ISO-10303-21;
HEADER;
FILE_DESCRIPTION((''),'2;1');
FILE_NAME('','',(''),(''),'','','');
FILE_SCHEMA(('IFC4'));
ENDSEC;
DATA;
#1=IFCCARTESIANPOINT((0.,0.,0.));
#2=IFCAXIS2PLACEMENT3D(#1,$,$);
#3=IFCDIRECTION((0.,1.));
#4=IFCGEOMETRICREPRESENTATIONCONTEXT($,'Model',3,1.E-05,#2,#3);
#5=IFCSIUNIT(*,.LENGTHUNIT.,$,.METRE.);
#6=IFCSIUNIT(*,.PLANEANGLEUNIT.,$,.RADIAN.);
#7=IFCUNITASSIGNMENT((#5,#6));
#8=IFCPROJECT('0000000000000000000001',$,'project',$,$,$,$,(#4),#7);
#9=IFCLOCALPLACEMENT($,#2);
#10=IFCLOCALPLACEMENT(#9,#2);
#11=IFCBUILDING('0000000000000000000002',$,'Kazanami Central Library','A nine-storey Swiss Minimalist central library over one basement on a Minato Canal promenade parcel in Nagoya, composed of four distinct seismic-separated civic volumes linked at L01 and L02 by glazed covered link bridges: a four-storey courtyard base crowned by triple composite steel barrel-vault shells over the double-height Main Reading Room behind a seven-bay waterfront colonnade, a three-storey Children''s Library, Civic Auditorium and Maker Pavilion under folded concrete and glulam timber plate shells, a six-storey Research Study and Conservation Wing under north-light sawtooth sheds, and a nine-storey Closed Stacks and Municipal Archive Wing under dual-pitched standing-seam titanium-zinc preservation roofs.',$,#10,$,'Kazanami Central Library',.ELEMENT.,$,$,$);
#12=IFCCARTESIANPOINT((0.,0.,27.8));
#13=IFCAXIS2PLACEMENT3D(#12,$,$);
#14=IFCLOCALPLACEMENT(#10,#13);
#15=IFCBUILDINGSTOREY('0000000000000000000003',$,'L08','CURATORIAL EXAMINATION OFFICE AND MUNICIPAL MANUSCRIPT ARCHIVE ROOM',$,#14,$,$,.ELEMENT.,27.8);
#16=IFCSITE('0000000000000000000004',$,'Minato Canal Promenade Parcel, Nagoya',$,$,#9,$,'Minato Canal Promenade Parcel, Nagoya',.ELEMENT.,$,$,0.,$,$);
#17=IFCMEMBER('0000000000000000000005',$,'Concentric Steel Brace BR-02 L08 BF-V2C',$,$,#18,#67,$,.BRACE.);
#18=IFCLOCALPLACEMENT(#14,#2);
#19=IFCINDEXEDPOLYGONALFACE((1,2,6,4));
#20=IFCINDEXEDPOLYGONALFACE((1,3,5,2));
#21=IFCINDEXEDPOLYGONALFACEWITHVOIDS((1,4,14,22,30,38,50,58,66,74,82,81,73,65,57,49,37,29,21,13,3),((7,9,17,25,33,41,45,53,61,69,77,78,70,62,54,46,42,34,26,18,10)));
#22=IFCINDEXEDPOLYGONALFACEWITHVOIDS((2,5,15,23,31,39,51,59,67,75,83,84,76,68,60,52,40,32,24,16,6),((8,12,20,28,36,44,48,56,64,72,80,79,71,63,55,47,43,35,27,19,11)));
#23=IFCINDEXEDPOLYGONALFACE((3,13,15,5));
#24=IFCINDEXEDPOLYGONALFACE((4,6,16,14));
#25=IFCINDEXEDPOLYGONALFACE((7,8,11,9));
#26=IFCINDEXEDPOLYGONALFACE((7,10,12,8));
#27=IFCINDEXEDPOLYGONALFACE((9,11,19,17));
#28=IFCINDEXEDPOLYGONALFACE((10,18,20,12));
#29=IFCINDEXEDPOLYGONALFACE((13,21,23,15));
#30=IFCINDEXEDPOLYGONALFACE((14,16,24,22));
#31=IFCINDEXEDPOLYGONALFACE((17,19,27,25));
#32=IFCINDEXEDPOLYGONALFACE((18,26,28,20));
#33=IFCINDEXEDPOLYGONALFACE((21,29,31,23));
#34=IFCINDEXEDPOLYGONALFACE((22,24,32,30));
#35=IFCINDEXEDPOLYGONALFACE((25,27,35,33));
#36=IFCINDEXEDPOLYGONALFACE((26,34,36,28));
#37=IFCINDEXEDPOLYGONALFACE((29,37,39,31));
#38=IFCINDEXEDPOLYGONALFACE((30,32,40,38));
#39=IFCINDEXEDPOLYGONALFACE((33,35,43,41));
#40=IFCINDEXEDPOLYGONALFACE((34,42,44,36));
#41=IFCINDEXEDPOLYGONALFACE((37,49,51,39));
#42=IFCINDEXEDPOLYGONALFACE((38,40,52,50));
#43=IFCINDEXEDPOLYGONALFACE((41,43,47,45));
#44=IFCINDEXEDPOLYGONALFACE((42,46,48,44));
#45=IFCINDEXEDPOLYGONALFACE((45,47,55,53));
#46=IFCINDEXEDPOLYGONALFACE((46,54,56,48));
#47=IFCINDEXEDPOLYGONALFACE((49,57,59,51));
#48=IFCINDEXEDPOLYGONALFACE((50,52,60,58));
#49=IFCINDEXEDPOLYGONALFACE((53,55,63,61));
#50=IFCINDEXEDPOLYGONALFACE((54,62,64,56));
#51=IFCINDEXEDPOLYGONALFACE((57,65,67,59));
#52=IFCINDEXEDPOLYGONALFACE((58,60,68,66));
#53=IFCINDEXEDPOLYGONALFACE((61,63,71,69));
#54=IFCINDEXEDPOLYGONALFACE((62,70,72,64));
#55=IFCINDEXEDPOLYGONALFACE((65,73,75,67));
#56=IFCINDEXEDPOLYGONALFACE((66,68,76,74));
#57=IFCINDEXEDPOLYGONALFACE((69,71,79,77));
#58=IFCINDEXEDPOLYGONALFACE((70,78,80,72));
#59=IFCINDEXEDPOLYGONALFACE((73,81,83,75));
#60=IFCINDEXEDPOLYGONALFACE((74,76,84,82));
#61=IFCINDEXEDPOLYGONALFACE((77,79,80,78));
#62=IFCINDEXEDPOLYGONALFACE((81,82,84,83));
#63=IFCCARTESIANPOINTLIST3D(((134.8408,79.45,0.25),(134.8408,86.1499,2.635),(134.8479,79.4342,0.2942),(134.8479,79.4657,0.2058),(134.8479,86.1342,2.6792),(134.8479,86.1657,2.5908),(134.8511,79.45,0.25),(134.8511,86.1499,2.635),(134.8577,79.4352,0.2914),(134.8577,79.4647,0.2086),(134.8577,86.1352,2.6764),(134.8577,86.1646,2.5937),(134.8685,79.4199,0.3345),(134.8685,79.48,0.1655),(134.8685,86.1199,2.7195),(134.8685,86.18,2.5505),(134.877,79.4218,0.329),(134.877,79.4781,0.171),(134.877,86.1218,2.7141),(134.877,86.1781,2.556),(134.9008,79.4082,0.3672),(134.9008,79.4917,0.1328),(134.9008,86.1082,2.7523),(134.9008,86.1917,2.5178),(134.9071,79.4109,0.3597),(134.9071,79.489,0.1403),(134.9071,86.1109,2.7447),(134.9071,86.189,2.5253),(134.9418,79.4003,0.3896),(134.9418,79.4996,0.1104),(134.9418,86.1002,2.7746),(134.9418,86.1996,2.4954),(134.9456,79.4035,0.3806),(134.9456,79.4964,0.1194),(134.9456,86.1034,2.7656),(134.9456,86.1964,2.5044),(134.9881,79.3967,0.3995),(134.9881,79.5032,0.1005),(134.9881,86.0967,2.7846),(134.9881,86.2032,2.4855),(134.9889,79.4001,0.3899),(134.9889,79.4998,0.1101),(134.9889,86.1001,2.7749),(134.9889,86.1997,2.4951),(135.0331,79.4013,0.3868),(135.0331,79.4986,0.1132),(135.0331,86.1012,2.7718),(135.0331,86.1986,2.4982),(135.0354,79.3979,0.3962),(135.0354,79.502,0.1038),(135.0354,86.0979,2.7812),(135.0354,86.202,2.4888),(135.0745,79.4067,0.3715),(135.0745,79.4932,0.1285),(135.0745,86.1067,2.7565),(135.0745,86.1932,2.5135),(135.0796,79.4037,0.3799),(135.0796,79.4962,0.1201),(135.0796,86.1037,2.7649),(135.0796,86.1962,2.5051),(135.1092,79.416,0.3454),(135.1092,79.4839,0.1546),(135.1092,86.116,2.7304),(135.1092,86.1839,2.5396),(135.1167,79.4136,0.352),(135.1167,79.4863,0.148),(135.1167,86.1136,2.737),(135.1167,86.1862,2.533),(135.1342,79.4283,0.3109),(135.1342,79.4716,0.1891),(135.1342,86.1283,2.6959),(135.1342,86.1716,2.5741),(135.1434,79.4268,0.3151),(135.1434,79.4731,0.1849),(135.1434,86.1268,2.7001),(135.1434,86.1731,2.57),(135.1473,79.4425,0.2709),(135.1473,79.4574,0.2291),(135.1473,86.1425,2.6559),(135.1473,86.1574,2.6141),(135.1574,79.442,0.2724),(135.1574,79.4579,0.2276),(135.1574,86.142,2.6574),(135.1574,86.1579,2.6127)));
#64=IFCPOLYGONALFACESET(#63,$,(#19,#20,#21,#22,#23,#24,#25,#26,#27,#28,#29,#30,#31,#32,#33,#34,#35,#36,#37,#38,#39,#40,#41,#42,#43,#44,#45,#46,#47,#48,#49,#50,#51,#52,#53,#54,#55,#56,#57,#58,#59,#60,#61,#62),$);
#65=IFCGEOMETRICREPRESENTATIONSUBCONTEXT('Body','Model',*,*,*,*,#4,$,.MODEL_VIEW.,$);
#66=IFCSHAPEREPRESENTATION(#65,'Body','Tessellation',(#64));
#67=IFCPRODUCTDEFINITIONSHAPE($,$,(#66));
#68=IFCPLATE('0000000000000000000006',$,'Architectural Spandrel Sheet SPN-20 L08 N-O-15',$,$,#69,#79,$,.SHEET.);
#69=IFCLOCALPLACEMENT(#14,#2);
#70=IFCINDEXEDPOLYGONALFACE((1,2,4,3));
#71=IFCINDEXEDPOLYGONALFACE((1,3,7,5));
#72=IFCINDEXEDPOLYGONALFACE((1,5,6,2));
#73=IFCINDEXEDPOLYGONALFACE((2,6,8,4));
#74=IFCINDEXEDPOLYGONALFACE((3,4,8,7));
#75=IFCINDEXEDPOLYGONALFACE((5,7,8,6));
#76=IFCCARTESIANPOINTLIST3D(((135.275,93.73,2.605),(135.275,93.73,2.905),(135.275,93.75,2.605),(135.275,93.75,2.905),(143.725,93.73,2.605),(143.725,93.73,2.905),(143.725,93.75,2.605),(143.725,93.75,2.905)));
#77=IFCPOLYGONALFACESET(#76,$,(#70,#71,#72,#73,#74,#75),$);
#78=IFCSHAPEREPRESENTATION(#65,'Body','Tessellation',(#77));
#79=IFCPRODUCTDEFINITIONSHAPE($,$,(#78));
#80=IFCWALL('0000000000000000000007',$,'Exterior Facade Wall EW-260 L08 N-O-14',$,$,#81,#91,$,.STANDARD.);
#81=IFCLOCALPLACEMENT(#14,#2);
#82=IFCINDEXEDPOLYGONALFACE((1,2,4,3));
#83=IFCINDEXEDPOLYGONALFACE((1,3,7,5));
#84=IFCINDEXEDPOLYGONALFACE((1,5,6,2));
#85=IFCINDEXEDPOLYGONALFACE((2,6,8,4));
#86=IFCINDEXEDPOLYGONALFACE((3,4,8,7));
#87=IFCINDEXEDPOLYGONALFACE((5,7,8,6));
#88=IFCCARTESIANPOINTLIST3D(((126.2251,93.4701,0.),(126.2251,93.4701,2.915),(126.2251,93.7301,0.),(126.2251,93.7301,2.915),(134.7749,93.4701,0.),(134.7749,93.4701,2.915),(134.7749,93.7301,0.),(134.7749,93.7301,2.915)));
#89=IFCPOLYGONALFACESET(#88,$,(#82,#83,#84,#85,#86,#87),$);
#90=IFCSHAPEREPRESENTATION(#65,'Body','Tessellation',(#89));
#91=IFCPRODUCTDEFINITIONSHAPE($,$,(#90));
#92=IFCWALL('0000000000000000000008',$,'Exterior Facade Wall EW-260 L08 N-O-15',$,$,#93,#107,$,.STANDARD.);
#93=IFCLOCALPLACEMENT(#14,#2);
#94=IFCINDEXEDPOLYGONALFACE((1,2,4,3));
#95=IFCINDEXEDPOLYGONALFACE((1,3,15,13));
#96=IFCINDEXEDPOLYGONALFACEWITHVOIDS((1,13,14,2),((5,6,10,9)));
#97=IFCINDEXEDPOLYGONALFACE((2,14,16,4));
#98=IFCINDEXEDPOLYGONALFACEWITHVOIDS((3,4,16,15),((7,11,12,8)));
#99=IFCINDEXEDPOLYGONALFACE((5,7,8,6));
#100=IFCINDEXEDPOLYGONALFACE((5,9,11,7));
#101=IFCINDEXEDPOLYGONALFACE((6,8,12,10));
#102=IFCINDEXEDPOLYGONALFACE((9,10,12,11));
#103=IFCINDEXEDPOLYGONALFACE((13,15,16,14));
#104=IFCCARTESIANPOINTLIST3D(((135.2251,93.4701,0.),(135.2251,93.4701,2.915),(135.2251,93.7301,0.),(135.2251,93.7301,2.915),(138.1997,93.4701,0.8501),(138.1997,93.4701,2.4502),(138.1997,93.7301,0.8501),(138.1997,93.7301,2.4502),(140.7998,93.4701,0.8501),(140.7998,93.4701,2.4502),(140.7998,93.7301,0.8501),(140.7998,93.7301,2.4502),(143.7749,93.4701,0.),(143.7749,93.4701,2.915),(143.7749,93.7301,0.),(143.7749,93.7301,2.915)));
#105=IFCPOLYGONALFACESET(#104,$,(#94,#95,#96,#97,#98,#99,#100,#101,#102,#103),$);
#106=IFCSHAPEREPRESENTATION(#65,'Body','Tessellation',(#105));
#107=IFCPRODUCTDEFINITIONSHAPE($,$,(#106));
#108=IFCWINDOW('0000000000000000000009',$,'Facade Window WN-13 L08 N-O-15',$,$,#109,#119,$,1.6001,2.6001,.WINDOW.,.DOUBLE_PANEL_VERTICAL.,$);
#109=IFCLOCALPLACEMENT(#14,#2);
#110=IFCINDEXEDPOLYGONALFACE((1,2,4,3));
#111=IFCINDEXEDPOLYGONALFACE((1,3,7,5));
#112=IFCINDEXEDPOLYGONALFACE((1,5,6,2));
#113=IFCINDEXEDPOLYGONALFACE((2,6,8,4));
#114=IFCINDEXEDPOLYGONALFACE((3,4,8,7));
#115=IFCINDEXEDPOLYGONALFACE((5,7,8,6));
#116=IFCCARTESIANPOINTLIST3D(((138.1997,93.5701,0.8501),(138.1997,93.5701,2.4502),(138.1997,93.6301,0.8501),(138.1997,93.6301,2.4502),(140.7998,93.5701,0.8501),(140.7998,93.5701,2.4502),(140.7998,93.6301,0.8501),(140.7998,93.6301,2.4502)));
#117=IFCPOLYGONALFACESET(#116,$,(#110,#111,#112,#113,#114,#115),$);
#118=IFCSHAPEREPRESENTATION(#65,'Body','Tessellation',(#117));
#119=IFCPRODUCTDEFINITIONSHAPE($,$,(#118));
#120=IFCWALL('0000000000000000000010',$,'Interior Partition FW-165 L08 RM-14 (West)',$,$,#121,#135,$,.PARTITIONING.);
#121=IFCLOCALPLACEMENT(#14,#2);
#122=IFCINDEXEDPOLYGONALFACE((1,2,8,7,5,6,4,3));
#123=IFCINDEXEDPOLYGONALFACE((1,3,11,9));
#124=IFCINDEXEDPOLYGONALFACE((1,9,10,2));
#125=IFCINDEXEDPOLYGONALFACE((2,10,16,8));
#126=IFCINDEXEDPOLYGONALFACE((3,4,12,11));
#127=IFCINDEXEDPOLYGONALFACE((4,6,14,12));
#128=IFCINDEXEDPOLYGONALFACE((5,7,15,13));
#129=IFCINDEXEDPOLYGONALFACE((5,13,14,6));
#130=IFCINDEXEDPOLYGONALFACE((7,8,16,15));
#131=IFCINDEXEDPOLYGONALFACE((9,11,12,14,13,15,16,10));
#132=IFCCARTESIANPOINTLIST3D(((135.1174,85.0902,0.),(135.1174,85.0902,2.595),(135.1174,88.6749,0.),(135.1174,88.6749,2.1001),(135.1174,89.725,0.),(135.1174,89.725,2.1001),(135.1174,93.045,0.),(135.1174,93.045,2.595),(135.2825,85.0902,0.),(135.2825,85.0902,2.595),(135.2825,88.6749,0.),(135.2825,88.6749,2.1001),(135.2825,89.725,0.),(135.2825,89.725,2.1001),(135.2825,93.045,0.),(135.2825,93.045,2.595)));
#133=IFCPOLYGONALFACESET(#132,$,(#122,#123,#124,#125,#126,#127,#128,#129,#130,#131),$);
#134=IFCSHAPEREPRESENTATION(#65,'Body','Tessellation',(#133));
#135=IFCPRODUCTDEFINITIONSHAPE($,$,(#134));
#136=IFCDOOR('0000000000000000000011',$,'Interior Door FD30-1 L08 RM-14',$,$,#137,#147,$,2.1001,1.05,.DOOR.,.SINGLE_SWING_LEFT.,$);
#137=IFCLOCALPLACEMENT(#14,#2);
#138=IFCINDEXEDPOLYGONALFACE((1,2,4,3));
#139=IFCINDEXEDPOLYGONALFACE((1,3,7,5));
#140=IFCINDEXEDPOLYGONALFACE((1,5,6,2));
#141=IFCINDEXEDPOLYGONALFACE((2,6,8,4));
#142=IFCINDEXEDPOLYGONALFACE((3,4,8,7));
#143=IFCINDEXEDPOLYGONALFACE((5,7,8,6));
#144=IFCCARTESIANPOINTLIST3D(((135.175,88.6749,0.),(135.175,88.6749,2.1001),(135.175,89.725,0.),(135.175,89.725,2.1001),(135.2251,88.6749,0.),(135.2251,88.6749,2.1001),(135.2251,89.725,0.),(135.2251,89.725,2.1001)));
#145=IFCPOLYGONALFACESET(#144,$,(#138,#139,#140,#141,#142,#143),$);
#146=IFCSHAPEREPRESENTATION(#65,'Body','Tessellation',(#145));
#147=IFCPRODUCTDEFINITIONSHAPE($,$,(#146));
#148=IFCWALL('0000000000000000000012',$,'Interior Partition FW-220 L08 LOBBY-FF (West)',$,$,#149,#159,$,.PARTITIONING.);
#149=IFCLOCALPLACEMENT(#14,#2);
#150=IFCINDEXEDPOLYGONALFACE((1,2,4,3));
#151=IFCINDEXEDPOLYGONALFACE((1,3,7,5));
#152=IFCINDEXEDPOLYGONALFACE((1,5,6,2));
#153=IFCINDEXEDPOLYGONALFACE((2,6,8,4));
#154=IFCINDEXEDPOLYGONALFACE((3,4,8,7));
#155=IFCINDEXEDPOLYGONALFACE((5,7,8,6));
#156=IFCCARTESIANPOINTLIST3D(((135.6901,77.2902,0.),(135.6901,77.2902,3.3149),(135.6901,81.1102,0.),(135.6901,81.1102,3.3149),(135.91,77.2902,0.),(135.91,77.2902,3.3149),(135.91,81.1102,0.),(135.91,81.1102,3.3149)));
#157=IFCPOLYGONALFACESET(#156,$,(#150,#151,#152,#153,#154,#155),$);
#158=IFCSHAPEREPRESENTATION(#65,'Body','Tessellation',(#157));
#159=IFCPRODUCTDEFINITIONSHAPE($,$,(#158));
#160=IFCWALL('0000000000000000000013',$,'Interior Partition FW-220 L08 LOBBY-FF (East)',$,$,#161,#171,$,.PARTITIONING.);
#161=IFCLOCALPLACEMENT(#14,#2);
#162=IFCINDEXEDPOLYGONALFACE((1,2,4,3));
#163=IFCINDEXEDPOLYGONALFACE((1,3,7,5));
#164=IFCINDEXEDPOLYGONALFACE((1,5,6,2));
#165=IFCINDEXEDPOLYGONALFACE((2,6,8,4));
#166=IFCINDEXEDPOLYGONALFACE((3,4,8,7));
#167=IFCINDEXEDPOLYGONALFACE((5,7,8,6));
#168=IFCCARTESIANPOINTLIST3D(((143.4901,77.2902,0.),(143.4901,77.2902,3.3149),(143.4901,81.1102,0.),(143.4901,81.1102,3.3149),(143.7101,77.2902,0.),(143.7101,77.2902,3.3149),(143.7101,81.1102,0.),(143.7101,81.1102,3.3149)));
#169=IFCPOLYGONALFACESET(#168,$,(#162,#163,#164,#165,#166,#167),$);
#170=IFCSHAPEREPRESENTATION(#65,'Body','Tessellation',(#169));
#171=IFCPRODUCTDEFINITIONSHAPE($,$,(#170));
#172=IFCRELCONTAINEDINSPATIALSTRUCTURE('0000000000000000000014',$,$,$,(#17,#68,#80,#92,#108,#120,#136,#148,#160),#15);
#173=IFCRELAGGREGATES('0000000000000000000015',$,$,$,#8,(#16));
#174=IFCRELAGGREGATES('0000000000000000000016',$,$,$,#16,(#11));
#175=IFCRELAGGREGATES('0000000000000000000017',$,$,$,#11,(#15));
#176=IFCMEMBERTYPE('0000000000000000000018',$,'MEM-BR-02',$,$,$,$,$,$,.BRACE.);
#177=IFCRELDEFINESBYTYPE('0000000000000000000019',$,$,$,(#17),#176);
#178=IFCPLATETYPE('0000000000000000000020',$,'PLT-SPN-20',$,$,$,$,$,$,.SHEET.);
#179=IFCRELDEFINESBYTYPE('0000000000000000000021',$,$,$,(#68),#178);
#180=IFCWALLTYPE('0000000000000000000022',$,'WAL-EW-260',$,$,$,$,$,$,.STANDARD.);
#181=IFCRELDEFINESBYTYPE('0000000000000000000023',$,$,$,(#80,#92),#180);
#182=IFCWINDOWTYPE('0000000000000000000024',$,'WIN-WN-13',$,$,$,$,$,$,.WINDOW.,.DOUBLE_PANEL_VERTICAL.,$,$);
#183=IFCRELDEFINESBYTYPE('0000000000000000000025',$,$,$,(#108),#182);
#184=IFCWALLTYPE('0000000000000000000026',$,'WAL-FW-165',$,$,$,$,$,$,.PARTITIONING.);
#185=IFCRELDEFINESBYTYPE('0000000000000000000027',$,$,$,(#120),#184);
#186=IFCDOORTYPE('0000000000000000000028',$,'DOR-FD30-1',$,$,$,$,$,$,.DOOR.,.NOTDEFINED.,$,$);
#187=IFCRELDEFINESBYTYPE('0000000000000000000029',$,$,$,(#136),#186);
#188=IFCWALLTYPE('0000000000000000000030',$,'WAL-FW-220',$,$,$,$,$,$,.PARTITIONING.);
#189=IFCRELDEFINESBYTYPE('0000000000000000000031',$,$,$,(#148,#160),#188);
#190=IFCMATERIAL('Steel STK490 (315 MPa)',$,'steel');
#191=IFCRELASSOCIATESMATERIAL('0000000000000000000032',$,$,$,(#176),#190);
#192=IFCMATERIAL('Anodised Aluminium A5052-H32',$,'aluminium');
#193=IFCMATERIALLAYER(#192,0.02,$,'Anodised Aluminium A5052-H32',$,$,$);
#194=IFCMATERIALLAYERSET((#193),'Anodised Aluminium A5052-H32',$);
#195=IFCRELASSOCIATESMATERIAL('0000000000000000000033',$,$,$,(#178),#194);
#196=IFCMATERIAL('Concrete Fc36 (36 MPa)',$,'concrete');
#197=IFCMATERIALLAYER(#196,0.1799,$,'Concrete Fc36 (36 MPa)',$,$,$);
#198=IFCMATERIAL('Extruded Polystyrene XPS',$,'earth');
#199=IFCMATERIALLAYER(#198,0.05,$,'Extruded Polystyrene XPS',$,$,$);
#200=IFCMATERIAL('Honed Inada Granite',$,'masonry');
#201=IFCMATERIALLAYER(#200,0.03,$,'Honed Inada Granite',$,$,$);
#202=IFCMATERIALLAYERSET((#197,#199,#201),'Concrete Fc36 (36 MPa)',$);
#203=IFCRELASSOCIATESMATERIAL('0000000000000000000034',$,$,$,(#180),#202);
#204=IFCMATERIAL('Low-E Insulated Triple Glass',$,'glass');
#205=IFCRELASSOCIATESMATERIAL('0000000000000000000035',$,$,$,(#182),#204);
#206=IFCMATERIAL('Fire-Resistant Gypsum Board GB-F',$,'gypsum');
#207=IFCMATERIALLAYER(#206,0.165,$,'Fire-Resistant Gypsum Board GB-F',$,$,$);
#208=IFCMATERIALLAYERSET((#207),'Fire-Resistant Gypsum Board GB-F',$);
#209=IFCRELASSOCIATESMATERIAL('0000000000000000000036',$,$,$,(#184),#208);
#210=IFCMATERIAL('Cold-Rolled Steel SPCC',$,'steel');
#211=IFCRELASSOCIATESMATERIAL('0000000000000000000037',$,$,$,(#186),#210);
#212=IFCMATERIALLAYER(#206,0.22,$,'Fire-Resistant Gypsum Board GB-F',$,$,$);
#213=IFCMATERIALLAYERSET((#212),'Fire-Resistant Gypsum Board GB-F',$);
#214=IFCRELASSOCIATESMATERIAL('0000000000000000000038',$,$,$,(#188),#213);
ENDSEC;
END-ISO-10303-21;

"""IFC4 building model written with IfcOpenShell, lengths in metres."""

from ifc_helpers import new_model, si_unit, direction, frame, frame_2d, origin, origin_2d, place, context, subcontext, project, spatial, rectangle, hollow_circle, extrude, material, layer, layer_set, material_profile, profile_set, type_object, element, fill, save


model = new_model("IFC4")

# Units and contexts
model_context = context("Model", 3, precision=1e-05, world=origin(), true_north=direction((0.0, 1.0)))
body_context = subcontext(model_context, "Body", "Model", "MODEL_VIEW")
ifc_project = project(units=[si_unit("LENGTHUNIT", "METRE"), si_unit("PLANEANGLEUNIT", "RADIAN")], contexts=[model_context])

# Site, building, storey
site_placement = place(None, origin())
site = spatial("IfcSite", under=ifc_project, at=site_placement, Name="Minato Canal Promenade Parcel, Nagoya", LongName="Minato Canal Promenade Parcel, Nagoya", CompositionType="ELEMENT", RefElevation=0.0)
building_placement = place(site_placement, origin())
building = spatial("IfcBuilding", under=site, at=building_placement, Name="Kazanami Central Library", Description="A nine-storey Swiss Minimalist central library over one basement on a Minato Canal promenade parcel in Nagoya, composed of four distinct seismic-separated civic volumes linked at L01 and L02 by glazed covered link bridges: a four-storey courtyard base crowned by triple composite steel barrel-vault shells over the double-height Main Reading Room behind a seven-bay waterfront colonnade, a three-storey Children's Library, Civic Auditorium and Maker Pavilion under folded concrete and glulam timber plate shells, a six-storey Research Study and Conservation Wing under north-light sawtooth sheds, and a nine-storey Closed Stacks and Municipal Archive Wing under dual-pitched standing-seam titanium-zinc preservation roofs.", LongName="Kazanami Central Library", CompositionType="ELEMENT")
storey_placement = place(building_placement, frame((0.0, 0.0, 27.8)))
storey = spatial("IfcBuildingStorey", under=building, at=storey_placement, Name="L08", Description="CURATORIAL EXAMINATION OFFICE AND MUNICIPAL MANUSCRIPT ARCHIVE ROOM", CompositionType="ELEMENT", Elevation=27.8)

# Member
ifc_material_1 = material(Name="Steel STK490 (315 MPa)", Category="steel")
ifc_material_profile_1 = material_profile(ifc_material_1, hollow_circle(Radius=0.1592, WallThickness=0.0103, at=origin_2d()), Name="CHS-318.5x10.3")
ifc_profile_set_1 = profile_set([ifc_material_profile_1], Name="Steel STK490 (315 MPa)")
member_type = type_object("IfcMemberType", Name="MEM-BR-02", PredefinedType="BRACE", material=ifc_profile_set_1)
member_placement = place(storey_placement, frame((135.0, 79.45, 0.25), z_axis=(0.0, 0.94209, 0.33536), x_axis=(-1.0, 0.0, 0.0)))
element("IfcMember", 1, at=member_placement, inside=storey, type_object=member_type, Name="Concentric Steel Brace BR-02 L08 BF-V2C", PredefinedType="BRACE", context=body_context, shape_type="SweptSolid", body=[
    extrude(hollow_circle(Radius=0.1592, WallThickness=0.0103, at=origin_2d()), origin(), (0.0, 0.0, 1.0), 7.1118),
])

# Plate
ifc_material_2 = material(Name="Anodised Aluminium A5052-H32", Category="aluminium")
ifc_layer_1 = layer(ifc_material_2, 0.02, Name="Anodised Aluminium A5052-H32")
ifc_layer_set_1 = layer_set([ifc_layer_1], Name="Anodised Aluminium A5052-H32")
plate_type = type_object("IfcPlateType", Name="PLT-SPN-20", PredefinedType="SHEET", material=ifc_layer_set_1)
plate_placement = place(storey_placement, frame((139.5, 93.74, 2.605), z_axis=(0.0, 0.0, 1.0), x_axis=(-1.0, 0.0, 0.0)))
element("IfcPlate", 2, at=plate_placement, inside=storey, type_object=plate_type, Name="Architectural Spandrel Sheet SPN-20 L08 N-O-15", PredefinedType="SHEET", context=body_context, shape_type="SweptSolid", body=[
    extrude(rectangle(XDim=8.45, YDim=0.02, at=origin_2d()), origin(), (0.0, 0.0, 1.0), 0.3),
])

# Wall
ifc_material_3 = material(Name="Concrete Fc36 (36 MPa)", Category="concrete")
ifc_layer_2 = layer(ifc_material_3, 0.1799, Name="Concrete Fc36 (36 MPa)")
ifc_material_4 = material(Name="Extruded Polystyrene XPS", Category="earth")
ifc_layer_3 = layer(ifc_material_4, 0.05, Name="Extruded Polystyrene XPS")
ifc_material_5 = material(Name="Honed Inada Granite", Category="masonry")
ifc_layer_4 = layer(ifc_material_5, 0.03, Name="Honed Inada Granite")
ifc_layer_set_2 = layer_set([ifc_layer_2, ifc_layer_3, ifc_layer_4], Name="Concrete Fc36 (36 MPa)")
wall_type_1 = type_object("IfcWallType", Name="WAL-EW-260", PredefinedType="STANDARD", material=ifc_layer_set_2)
wall_1_placement = place(storey_placement, frame((134.7749, 93.6001, 0.0), z_axis=(0.0, 0.0, 1.0), x_axis=(-1.0, 0.0, 0.0)))
element("IfcWall", 3, at=wall_1_placement, inside=storey, type_object=wall_type_1, Name="Exterior Facade Wall EW-260 L08 N-O-14", PredefinedType="STANDARD", context=body_context, shape_type="SweptSolid", body=[
    extrude(rectangle(XDim=8.5498, YDim=0.26, at=frame_2d((4.2749, 0.0))), origin(), (0.0, 0.0, 1.0), 2.915),
])

# Wall, opening, window
wall_2_placement = place(storey_placement, frame((143.7749, 93.6001, 0.0), z_axis=(0.0, 0.0, 1.0), x_axis=(-1.0, 0.0, 0.0)))
wall_2 = element("IfcWall", 4, at=wall_2_placement, inside=storey, type_object=wall_type_1, Name="Exterior Facade Wall EW-260 L08 N-O-15", PredefinedType="STANDARD", context=body_context, shape_type="SweptSolid", body=[
    extrude(rectangle(XDim=8.5498, YDim=0.26, at=frame_2d((4.2749, 0.0))), origin(), (0.0, 0.0, 1.0), 2.915),
])
opening_1_placement = place(wall_2_placement, frame((2.9751, 0.0, 0.8501)))
opening_1 = element("IfcOpeningElement", 5, at=opening_1_placement, cuts=wall_2, PredefinedType="OPENING", context=body_context, shape_type="SweptSolid", body=[
    extrude(rectangle(XDim=2.6001, YDim=1.6001, at=frame_2d((1.3, 0.8))), frame((0.0, 0.1421, 0.0), z_axis=(0.0, -1.0, 0.0), x_axis=(1.0, 0.0, 0.0)), (0.0, 0.0, 1.0), 0.2839),
])
ifc_material_6 = material(Name="Low-E Insulated Triple Glass", Category="glass")
window_type = type_object("IfcWindowType", Name="WIN-WN-13", PartitioningType="DOUBLE_PANEL_VERTICAL", PredefinedType="WINDOW", material=ifc_material_6)
window_placement = place(opening_1_placement, origin())
window = element("IfcWindow", 6, at=window_placement, inside=storey, type_object=window_type, Name="Facade Window WN-13 L08 N-O-15", OverallHeight=1.6001, OverallWidth=2.6001, PartitioningType="DOUBLE_PANEL_VERTICAL", PredefinedType="WINDOW", context=body_context, shape_type="SweptSolid", body=[
    extrude(rectangle(XDim=2.6001, YDim=1.6001, at=frame_2d((1.3, 0.8))), frame((0.0, 0.03, 0.0), z_axis=(0.0, -1.0, 0.0), x_axis=(1.0, 0.0, 0.0)), (0.0, 0.0, 1.0), 0.0601),
])
fill(opening_1, window)

# Wall, opening, door
ifc_material_7 = material(Name="Fire-Resistant Gypsum Board GB-F", Category="gypsum")
ifc_layer_5 = layer(ifc_material_7, 0.165, Name="Fire-Resistant Gypsum Board GB-F")
ifc_layer_set_3 = layer_set([ifc_layer_5], Name="Fire-Resistant Gypsum Board GB-F")
wall_type_2 = type_object("IfcWallType", Name="WAL-FW-165", PredefinedType="PARTITIONING", material=ifc_layer_set_3)
wall_3_placement = place(storey_placement, frame((135.2, 85.0901, 0.0), z_axis=(0.0, 0.0, 1.0), x_axis=(0.0, 1.0, 0.0)))
wall_3 = element("IfcWall", 7, at=wall_3_placement, inside=storey, type_object=wall_type_2, Name="Interior Partition FW-165 L08 RM-14 (West)", PredefinedType="PARTITIONING", context=body_context, shape_type="SweptSolid", body=[
    extrude(rectangle(XDim=7.9548, YDim=0.165, at=frame_2d((3.9775, 0.0))), origin(), (0.0, 0.0, 1.0), 2.595),
])
opening_2_placement = place(wall_3_placement, frame((3.585, 0.0, 0.0)))
opening_2 = element("IfcOpeningElement", 8, at=opening_2_placement, cuts=wall_3, PredefinedType="OPENING", context=body_context, shape_type="SweptSolid", body=[
    extrude(rectangle(XDim=1.05, YDim=2.1001, at=frame_2d((0.5249, 1.05))), frame((0.0, 0.0945, 0.0), z_axis=(0.0, -1.0, 0.0), x_axis=(1.0, 0.0, 0.0)), (0.0, 0.0, 1.0), 0.189),
])
ifc_material_8 = material(Name="Cold-Rolled Steel SPCC", Category="steel")
door_type_1 = type_object("IfcDoorType", Name="DOR-FD30-1", OperationType="NOTDEFINED", PredefinedType="DOOR", material=ifc_material_8)
door_1_placement = place(opening_2_placement, origin())
door_1 = element("IfcDoor", 9, at=door_1_placement, inside=storey, type_object=door_type_1, Name="Interior Door FD30-1 L08 RM-14", OperationType="SINGLE_SWING_LEFT", OverallHeight=2.1001, OverallWidth=1.05, PredefinedType="DOOR", context=body_context, shape_type="SweptSolid", body=[
    extrude(rectangle(XDim=1.05, YDim=2.1001, at=frame_2d((0.5249, 1.05))), frame((0.0, 0.0249, 0.0), z_axis=(0.0, -1.0, 0.0), x_axis=(1.0, 0.0, 0.0)), (0.0, 0.0, 1.0), 0.05),
])
fill(opening_2, door_1)

# Walls
ifc_layer_6 = layer(ifc_material_7, 0.22, Name="Fire-Resistant Gypsum Board GB-F")
ifc_layer_set_4 = layer_set([ifc_layer_6], Name="Fire-Resistant Gypsum Board GB-F")
wall_type_3 = type_object("IfcWallType", Name="WAL-FW-220", PredefinedType="PARTITIONING", material=ifc_layer_set_4)
for number, where, z_axis, x_axis, name in (
    (10, (135.8, 77.29, 0.0), (0.0, 0.0, 1.0), (0.0, 1.0, 0.0), "Interior Partition FW-220 L08 LOBBY-FF (West)"),
    (11, (143.6001, 77.29, 0.0), (0.0, 0.0, 1.0), (0.0, 1.0, 0.0), "Interior Partition FW-220 L08 LOBBY-FF (East)"),
):
    element("IfcWall", number, at=place(storey_placement, frame(where, z_axis=z_axis, x_axis=x_axis)), inside=storey, type_object=wall_type_3, Name=name, PredefinedType="PARTITIONING", context=body_context, shape_type="SweptSolid", body=[
        extrude(rectangle(XDim=3.8201, YDim=0.22, at=frame_2d((1.9102, 0.0))), origin(), (0.0, 0.0, 1.0), 3.3149),
    ])

save(model, "model.ifc")
